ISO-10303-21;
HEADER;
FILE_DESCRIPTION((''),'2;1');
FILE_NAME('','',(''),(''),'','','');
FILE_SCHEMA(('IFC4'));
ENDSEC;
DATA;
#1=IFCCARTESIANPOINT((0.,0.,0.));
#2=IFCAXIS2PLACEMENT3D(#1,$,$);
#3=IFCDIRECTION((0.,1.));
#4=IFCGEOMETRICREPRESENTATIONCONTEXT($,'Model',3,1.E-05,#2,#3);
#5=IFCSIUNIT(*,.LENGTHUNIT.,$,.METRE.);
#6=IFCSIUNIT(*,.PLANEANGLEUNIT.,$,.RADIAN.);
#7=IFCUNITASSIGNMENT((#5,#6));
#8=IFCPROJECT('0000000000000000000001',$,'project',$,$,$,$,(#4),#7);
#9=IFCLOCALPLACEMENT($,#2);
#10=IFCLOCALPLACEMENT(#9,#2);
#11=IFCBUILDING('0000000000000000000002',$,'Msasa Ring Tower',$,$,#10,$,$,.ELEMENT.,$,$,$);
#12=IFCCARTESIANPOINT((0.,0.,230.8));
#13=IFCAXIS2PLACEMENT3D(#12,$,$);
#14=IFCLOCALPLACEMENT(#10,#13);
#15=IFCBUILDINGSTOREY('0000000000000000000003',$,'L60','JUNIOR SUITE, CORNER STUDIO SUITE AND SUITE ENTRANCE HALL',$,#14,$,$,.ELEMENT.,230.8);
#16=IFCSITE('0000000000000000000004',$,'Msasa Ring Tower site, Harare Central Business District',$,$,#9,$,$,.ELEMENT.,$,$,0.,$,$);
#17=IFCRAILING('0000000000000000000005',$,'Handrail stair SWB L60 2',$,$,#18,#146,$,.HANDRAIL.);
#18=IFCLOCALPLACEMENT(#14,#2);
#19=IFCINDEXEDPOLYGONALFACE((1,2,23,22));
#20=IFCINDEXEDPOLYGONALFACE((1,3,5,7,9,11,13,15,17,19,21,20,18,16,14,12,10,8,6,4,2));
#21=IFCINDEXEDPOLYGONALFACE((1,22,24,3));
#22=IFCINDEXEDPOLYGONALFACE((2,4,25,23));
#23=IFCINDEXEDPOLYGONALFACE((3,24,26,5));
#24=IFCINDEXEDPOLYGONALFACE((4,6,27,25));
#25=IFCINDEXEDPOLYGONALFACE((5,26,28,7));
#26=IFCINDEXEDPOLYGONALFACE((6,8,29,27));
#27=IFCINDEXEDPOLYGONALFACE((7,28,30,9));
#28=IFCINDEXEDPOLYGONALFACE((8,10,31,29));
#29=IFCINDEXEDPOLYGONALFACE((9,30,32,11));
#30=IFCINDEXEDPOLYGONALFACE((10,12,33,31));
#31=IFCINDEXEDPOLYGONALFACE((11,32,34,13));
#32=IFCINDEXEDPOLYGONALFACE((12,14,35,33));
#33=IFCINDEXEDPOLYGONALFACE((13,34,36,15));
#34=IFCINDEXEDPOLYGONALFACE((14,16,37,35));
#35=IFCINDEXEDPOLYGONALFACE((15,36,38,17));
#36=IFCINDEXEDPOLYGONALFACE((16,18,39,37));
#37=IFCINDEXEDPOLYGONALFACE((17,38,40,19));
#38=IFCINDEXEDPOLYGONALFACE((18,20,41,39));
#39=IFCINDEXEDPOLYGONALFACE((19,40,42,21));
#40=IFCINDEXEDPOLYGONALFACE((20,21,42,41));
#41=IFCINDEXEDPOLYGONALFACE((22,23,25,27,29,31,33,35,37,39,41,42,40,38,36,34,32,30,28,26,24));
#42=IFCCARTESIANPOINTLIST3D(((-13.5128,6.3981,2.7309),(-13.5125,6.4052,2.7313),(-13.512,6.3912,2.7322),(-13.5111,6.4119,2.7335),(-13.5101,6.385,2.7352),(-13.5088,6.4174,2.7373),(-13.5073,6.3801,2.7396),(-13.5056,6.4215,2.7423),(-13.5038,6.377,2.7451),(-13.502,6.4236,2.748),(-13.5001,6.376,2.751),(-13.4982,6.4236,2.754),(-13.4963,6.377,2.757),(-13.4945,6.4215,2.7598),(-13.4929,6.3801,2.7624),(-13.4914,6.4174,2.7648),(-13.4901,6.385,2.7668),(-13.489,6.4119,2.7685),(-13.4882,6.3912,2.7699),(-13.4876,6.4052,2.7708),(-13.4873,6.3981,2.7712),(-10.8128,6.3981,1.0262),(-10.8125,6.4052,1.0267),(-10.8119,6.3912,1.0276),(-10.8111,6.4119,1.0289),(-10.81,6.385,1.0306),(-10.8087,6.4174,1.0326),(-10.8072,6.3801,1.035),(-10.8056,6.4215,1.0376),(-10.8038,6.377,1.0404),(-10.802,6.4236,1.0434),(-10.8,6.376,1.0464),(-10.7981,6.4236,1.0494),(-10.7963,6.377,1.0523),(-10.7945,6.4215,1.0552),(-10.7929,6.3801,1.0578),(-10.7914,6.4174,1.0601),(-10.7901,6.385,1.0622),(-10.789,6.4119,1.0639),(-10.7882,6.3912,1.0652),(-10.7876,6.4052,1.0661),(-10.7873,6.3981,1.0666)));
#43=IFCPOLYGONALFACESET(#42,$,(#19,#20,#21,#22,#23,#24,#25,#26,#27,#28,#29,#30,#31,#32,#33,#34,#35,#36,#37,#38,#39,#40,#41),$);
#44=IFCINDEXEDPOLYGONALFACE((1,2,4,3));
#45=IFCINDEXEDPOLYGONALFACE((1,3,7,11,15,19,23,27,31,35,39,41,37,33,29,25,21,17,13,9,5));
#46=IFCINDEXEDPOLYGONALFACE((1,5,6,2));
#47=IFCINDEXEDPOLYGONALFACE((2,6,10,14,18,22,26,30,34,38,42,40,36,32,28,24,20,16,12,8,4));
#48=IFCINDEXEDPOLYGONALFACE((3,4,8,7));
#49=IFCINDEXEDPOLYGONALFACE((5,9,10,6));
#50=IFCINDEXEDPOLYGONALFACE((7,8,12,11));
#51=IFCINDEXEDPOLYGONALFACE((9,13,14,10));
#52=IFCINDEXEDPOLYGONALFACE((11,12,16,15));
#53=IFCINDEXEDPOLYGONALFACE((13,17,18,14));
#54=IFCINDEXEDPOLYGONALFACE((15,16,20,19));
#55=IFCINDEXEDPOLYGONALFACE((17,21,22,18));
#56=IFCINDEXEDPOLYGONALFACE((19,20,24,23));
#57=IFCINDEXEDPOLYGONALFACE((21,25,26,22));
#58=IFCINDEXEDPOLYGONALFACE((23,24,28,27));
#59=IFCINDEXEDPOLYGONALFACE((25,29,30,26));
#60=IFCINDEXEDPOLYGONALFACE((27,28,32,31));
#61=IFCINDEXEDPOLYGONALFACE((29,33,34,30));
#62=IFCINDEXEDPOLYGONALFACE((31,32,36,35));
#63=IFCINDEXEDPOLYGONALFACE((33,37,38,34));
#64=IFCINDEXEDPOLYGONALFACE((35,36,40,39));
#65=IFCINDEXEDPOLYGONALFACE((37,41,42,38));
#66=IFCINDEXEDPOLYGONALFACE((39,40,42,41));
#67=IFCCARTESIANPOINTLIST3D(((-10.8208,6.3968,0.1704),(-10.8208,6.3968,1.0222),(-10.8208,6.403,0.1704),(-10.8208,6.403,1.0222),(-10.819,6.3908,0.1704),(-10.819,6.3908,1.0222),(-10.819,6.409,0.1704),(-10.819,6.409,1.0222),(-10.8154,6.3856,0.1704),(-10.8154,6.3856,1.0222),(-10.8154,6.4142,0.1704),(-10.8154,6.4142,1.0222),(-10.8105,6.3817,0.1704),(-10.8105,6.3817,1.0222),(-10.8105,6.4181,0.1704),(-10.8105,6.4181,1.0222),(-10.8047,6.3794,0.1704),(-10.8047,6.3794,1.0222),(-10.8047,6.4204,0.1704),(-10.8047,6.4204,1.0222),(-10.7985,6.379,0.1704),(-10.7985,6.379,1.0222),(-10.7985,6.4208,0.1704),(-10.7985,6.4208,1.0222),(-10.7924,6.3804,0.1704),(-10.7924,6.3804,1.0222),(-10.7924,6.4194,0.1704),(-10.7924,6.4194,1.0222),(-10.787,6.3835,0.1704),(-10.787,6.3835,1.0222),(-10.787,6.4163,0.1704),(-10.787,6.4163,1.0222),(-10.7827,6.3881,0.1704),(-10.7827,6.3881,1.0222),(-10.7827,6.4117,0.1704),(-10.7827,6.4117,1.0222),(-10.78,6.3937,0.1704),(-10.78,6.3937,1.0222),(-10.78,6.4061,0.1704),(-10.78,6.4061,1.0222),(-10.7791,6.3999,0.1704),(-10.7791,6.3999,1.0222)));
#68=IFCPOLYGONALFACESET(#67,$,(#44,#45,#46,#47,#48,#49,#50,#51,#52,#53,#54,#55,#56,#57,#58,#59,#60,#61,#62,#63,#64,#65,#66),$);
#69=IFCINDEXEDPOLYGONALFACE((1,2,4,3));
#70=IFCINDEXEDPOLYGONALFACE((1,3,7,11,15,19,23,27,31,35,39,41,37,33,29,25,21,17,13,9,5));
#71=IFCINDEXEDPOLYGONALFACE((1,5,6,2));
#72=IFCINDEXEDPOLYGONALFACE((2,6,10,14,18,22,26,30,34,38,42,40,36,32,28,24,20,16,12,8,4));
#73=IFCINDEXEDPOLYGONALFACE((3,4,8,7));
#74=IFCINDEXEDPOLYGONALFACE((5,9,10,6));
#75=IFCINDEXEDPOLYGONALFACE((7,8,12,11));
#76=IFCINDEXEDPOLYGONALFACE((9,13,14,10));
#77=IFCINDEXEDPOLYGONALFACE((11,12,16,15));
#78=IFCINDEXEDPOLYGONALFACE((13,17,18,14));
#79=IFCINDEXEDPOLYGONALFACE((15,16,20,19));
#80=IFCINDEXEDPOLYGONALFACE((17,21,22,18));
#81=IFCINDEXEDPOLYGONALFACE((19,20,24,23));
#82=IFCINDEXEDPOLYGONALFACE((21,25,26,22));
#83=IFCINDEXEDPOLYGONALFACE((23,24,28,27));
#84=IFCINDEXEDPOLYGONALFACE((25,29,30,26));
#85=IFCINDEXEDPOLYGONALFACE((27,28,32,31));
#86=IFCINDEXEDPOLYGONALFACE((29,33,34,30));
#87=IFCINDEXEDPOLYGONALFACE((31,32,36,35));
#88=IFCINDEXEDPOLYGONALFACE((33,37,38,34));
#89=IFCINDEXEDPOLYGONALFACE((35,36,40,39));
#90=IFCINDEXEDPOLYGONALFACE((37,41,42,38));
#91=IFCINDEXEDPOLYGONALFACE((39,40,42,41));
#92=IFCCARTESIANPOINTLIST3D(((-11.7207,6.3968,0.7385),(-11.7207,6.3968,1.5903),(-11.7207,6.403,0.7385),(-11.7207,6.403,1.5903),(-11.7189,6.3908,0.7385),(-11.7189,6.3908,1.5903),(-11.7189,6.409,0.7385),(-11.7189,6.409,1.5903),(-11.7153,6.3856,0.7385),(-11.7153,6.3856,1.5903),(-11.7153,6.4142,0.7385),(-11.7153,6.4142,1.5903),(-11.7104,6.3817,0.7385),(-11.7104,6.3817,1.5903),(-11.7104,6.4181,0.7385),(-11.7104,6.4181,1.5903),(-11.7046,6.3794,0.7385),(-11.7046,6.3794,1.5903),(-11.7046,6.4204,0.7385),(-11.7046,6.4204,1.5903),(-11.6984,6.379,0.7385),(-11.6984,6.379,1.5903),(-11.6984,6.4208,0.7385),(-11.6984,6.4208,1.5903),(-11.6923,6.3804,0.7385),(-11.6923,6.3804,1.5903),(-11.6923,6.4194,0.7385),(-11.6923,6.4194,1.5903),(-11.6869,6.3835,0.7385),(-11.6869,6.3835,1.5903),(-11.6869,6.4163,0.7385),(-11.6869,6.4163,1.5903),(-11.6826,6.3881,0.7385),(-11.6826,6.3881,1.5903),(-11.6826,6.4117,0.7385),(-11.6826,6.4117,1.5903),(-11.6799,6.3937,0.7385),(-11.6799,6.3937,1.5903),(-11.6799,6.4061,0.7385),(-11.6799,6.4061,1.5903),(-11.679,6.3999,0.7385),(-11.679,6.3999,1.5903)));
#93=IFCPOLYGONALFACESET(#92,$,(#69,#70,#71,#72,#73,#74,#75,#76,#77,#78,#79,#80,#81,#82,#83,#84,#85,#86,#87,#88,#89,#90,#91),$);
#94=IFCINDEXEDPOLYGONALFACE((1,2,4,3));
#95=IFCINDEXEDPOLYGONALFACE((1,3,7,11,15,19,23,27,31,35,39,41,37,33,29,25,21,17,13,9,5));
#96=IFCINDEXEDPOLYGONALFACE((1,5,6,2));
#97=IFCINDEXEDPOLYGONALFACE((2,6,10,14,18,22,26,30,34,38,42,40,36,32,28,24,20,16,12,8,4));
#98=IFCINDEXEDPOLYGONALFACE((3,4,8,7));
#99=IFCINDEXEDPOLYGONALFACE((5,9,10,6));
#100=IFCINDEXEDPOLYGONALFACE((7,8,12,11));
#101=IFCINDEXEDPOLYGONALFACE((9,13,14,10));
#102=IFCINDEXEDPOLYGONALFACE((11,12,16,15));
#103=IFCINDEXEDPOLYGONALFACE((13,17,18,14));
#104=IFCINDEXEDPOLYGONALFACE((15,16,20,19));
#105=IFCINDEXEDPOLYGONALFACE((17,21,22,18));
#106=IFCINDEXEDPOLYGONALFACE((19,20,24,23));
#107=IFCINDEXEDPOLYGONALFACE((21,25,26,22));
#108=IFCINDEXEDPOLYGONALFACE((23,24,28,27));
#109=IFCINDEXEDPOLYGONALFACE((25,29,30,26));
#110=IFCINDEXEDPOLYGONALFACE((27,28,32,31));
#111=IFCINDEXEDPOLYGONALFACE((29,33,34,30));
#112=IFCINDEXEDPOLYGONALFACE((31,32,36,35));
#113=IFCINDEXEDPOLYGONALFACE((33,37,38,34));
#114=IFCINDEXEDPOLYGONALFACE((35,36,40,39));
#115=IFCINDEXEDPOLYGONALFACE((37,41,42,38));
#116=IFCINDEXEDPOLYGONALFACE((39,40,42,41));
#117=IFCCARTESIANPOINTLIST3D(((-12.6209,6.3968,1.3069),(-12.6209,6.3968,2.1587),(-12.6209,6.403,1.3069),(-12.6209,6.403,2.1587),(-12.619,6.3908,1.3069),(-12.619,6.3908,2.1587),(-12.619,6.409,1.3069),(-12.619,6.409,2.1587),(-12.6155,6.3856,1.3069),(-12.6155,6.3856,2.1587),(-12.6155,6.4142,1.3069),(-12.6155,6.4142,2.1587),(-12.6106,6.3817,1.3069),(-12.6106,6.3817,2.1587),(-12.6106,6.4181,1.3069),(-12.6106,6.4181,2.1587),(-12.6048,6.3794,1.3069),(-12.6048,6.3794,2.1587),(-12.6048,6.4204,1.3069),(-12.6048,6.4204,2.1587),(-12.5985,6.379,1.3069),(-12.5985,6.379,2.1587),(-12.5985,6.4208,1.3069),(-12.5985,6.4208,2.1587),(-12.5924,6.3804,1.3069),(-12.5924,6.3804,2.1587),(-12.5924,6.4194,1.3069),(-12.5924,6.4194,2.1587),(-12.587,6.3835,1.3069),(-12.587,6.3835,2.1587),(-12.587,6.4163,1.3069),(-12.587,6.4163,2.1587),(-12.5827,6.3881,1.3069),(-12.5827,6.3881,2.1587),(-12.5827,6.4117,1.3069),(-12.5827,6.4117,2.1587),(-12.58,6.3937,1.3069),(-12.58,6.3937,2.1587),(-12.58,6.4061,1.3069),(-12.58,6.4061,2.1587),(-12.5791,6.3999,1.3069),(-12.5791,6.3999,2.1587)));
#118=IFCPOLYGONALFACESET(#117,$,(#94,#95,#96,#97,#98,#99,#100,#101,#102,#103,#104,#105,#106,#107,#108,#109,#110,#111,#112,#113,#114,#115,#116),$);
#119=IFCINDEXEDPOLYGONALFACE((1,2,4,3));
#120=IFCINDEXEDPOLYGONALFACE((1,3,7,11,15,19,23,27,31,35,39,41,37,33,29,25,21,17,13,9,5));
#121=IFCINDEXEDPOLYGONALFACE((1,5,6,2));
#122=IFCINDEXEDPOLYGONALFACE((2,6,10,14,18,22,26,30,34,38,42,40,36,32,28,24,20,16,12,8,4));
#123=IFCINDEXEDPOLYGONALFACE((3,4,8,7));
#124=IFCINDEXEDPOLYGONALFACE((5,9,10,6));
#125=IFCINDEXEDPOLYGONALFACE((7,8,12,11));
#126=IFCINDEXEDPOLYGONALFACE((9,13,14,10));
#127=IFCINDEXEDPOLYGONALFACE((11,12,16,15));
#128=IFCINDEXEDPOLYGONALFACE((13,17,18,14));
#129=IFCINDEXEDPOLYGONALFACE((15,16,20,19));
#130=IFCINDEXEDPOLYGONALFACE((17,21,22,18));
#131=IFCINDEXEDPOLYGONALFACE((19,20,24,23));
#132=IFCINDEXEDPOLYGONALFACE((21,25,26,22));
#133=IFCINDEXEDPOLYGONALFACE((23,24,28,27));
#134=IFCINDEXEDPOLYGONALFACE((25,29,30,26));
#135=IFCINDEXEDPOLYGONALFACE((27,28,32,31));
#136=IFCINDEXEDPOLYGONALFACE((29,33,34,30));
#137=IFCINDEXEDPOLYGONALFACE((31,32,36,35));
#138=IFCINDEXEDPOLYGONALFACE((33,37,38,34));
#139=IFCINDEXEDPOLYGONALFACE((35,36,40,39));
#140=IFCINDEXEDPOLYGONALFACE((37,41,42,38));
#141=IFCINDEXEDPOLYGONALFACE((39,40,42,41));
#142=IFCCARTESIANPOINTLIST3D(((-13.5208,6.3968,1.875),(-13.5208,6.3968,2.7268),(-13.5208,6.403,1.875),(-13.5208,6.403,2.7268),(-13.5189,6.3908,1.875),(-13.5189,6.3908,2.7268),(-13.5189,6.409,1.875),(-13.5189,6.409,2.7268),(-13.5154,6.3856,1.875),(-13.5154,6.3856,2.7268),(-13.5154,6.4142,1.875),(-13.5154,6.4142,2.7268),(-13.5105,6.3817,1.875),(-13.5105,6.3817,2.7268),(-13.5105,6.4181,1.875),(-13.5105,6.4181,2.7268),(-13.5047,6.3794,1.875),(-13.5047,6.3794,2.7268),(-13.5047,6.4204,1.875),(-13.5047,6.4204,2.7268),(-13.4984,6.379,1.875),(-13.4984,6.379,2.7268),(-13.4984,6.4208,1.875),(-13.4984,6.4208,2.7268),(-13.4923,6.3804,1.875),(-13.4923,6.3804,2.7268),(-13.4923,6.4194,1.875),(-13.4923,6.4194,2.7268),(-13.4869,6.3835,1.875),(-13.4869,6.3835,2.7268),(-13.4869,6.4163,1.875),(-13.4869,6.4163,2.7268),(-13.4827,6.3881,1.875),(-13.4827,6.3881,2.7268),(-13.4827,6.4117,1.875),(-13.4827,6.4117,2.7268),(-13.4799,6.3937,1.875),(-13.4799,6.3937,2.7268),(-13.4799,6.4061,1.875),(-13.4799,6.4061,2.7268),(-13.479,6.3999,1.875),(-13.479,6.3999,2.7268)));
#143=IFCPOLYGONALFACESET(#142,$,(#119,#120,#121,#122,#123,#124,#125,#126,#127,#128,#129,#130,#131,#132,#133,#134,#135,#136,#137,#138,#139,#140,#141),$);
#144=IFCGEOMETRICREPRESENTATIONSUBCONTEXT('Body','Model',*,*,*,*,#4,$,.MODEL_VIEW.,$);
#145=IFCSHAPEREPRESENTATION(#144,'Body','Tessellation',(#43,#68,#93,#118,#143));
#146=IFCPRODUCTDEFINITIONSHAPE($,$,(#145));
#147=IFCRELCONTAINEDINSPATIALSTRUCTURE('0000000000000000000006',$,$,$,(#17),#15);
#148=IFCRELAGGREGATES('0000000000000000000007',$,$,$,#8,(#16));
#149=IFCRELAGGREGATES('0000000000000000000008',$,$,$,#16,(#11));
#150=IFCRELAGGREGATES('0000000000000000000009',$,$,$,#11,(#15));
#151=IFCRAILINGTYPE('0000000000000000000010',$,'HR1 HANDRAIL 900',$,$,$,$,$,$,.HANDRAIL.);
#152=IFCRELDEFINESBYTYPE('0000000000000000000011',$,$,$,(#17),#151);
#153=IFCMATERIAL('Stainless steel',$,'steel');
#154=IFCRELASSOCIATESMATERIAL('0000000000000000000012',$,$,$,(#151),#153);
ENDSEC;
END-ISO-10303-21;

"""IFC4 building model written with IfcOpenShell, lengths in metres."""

from ifc_helpers import new_model, si_unit, direction, frame, origin, origin_2d, place, context, subcontext, project, spatial, circle, extrude, material, type_object, element, save


model = new_model("IFC4")

# Units and contexts
model_context = context("Model", 3, precision=1e-05, world=origin(), true_north=direction((0.0, 1.0)))
body_context = subcontext(model_context, "Body", "Model", "MODEL_VIEW")
ifc_project = project(units=[si_unit("LENGTHUNIT", "METRE"), si_unit("PLANEANGLEUNIT", "RADIAN")], contexts=[model_context])

# Site, building, storey
site_placement = place(None, origin())
site = spatial("IfcSite", under=ifc_project, at=site_placement, Name="Msasa Ring Tower site, Harare Central Business District", CompositionType="ELEMENT", RefElevation=0.0)
building_placement = place(site_placement, origin())
building = spatial("IfcBuilding", under=site, at=building_placement, Name="Msasa Ring Tower", CompositionType="ELEMENT")
storey_placement = place(building_placement, frame((0.0, 0.0, 230.8)))
storey = spatial("IfcBuildingStorey", under=building, at=storey_placement, Name="L60", Description="JUNIOR SUITE, CORNER STUDIO SUITE AND SUITE ENTRANCE HALL", CompositionType="ELEMENT", Elevation=230.8)

# Railing
ifc_material_1 = material(Name="Stainless steel", Category="steel")
railing_type = type_object("IfcRailingType", Name="HR1 HANDRAIL 900", PredefinedType="HANDRAIL", material=ifc_material_1)
for number, where, name in (
    (1, (-10.8, 6.3999, 0.1704), "Handrail stair SWB L60 2"),
):
    element("IfcRailing", number, at=place(storey_placement, frame(where)), inside=storey, type_object=railing_type, Name=name, PredefinedType="HANDRAIL", context=body_context, shape_type="SweptSolid", body=[
        extrude(circle(Radius=0.0239, at=origin_2d()), frame((0.0, 0.0, 0.876), z_axis=(-0.84558, 0.0, 0.533849), x_axis=(0.0, -1.0, 0.0)), (0.0, 0.0, 1.0), 3.1931),
        extrude(circle(Radius=0.021, at=origin_2d()), origin(), (0.0, 0.0, 1.0), 0.8518),
        extrude(circle(Radius=0.021, at=origin_2d()), frame((-0.8999, 0.0, 0.5681)), (0.0, 0.0, 1.0), 0.8518),
        extrude(circle(Radius=0.021, at=origin_2d()), frame((-1.8, 0.0, 1.1365)), (0.0, 0.0, 1.0), 0.8518),
        extrude(circle(Radius=0.021, at=origin_2d()), frame((-2.7, 0.0, 1.7046)), (0.0, 0.0, 1.0), 0.8518),
    ])

save(model, "model.ifc")
